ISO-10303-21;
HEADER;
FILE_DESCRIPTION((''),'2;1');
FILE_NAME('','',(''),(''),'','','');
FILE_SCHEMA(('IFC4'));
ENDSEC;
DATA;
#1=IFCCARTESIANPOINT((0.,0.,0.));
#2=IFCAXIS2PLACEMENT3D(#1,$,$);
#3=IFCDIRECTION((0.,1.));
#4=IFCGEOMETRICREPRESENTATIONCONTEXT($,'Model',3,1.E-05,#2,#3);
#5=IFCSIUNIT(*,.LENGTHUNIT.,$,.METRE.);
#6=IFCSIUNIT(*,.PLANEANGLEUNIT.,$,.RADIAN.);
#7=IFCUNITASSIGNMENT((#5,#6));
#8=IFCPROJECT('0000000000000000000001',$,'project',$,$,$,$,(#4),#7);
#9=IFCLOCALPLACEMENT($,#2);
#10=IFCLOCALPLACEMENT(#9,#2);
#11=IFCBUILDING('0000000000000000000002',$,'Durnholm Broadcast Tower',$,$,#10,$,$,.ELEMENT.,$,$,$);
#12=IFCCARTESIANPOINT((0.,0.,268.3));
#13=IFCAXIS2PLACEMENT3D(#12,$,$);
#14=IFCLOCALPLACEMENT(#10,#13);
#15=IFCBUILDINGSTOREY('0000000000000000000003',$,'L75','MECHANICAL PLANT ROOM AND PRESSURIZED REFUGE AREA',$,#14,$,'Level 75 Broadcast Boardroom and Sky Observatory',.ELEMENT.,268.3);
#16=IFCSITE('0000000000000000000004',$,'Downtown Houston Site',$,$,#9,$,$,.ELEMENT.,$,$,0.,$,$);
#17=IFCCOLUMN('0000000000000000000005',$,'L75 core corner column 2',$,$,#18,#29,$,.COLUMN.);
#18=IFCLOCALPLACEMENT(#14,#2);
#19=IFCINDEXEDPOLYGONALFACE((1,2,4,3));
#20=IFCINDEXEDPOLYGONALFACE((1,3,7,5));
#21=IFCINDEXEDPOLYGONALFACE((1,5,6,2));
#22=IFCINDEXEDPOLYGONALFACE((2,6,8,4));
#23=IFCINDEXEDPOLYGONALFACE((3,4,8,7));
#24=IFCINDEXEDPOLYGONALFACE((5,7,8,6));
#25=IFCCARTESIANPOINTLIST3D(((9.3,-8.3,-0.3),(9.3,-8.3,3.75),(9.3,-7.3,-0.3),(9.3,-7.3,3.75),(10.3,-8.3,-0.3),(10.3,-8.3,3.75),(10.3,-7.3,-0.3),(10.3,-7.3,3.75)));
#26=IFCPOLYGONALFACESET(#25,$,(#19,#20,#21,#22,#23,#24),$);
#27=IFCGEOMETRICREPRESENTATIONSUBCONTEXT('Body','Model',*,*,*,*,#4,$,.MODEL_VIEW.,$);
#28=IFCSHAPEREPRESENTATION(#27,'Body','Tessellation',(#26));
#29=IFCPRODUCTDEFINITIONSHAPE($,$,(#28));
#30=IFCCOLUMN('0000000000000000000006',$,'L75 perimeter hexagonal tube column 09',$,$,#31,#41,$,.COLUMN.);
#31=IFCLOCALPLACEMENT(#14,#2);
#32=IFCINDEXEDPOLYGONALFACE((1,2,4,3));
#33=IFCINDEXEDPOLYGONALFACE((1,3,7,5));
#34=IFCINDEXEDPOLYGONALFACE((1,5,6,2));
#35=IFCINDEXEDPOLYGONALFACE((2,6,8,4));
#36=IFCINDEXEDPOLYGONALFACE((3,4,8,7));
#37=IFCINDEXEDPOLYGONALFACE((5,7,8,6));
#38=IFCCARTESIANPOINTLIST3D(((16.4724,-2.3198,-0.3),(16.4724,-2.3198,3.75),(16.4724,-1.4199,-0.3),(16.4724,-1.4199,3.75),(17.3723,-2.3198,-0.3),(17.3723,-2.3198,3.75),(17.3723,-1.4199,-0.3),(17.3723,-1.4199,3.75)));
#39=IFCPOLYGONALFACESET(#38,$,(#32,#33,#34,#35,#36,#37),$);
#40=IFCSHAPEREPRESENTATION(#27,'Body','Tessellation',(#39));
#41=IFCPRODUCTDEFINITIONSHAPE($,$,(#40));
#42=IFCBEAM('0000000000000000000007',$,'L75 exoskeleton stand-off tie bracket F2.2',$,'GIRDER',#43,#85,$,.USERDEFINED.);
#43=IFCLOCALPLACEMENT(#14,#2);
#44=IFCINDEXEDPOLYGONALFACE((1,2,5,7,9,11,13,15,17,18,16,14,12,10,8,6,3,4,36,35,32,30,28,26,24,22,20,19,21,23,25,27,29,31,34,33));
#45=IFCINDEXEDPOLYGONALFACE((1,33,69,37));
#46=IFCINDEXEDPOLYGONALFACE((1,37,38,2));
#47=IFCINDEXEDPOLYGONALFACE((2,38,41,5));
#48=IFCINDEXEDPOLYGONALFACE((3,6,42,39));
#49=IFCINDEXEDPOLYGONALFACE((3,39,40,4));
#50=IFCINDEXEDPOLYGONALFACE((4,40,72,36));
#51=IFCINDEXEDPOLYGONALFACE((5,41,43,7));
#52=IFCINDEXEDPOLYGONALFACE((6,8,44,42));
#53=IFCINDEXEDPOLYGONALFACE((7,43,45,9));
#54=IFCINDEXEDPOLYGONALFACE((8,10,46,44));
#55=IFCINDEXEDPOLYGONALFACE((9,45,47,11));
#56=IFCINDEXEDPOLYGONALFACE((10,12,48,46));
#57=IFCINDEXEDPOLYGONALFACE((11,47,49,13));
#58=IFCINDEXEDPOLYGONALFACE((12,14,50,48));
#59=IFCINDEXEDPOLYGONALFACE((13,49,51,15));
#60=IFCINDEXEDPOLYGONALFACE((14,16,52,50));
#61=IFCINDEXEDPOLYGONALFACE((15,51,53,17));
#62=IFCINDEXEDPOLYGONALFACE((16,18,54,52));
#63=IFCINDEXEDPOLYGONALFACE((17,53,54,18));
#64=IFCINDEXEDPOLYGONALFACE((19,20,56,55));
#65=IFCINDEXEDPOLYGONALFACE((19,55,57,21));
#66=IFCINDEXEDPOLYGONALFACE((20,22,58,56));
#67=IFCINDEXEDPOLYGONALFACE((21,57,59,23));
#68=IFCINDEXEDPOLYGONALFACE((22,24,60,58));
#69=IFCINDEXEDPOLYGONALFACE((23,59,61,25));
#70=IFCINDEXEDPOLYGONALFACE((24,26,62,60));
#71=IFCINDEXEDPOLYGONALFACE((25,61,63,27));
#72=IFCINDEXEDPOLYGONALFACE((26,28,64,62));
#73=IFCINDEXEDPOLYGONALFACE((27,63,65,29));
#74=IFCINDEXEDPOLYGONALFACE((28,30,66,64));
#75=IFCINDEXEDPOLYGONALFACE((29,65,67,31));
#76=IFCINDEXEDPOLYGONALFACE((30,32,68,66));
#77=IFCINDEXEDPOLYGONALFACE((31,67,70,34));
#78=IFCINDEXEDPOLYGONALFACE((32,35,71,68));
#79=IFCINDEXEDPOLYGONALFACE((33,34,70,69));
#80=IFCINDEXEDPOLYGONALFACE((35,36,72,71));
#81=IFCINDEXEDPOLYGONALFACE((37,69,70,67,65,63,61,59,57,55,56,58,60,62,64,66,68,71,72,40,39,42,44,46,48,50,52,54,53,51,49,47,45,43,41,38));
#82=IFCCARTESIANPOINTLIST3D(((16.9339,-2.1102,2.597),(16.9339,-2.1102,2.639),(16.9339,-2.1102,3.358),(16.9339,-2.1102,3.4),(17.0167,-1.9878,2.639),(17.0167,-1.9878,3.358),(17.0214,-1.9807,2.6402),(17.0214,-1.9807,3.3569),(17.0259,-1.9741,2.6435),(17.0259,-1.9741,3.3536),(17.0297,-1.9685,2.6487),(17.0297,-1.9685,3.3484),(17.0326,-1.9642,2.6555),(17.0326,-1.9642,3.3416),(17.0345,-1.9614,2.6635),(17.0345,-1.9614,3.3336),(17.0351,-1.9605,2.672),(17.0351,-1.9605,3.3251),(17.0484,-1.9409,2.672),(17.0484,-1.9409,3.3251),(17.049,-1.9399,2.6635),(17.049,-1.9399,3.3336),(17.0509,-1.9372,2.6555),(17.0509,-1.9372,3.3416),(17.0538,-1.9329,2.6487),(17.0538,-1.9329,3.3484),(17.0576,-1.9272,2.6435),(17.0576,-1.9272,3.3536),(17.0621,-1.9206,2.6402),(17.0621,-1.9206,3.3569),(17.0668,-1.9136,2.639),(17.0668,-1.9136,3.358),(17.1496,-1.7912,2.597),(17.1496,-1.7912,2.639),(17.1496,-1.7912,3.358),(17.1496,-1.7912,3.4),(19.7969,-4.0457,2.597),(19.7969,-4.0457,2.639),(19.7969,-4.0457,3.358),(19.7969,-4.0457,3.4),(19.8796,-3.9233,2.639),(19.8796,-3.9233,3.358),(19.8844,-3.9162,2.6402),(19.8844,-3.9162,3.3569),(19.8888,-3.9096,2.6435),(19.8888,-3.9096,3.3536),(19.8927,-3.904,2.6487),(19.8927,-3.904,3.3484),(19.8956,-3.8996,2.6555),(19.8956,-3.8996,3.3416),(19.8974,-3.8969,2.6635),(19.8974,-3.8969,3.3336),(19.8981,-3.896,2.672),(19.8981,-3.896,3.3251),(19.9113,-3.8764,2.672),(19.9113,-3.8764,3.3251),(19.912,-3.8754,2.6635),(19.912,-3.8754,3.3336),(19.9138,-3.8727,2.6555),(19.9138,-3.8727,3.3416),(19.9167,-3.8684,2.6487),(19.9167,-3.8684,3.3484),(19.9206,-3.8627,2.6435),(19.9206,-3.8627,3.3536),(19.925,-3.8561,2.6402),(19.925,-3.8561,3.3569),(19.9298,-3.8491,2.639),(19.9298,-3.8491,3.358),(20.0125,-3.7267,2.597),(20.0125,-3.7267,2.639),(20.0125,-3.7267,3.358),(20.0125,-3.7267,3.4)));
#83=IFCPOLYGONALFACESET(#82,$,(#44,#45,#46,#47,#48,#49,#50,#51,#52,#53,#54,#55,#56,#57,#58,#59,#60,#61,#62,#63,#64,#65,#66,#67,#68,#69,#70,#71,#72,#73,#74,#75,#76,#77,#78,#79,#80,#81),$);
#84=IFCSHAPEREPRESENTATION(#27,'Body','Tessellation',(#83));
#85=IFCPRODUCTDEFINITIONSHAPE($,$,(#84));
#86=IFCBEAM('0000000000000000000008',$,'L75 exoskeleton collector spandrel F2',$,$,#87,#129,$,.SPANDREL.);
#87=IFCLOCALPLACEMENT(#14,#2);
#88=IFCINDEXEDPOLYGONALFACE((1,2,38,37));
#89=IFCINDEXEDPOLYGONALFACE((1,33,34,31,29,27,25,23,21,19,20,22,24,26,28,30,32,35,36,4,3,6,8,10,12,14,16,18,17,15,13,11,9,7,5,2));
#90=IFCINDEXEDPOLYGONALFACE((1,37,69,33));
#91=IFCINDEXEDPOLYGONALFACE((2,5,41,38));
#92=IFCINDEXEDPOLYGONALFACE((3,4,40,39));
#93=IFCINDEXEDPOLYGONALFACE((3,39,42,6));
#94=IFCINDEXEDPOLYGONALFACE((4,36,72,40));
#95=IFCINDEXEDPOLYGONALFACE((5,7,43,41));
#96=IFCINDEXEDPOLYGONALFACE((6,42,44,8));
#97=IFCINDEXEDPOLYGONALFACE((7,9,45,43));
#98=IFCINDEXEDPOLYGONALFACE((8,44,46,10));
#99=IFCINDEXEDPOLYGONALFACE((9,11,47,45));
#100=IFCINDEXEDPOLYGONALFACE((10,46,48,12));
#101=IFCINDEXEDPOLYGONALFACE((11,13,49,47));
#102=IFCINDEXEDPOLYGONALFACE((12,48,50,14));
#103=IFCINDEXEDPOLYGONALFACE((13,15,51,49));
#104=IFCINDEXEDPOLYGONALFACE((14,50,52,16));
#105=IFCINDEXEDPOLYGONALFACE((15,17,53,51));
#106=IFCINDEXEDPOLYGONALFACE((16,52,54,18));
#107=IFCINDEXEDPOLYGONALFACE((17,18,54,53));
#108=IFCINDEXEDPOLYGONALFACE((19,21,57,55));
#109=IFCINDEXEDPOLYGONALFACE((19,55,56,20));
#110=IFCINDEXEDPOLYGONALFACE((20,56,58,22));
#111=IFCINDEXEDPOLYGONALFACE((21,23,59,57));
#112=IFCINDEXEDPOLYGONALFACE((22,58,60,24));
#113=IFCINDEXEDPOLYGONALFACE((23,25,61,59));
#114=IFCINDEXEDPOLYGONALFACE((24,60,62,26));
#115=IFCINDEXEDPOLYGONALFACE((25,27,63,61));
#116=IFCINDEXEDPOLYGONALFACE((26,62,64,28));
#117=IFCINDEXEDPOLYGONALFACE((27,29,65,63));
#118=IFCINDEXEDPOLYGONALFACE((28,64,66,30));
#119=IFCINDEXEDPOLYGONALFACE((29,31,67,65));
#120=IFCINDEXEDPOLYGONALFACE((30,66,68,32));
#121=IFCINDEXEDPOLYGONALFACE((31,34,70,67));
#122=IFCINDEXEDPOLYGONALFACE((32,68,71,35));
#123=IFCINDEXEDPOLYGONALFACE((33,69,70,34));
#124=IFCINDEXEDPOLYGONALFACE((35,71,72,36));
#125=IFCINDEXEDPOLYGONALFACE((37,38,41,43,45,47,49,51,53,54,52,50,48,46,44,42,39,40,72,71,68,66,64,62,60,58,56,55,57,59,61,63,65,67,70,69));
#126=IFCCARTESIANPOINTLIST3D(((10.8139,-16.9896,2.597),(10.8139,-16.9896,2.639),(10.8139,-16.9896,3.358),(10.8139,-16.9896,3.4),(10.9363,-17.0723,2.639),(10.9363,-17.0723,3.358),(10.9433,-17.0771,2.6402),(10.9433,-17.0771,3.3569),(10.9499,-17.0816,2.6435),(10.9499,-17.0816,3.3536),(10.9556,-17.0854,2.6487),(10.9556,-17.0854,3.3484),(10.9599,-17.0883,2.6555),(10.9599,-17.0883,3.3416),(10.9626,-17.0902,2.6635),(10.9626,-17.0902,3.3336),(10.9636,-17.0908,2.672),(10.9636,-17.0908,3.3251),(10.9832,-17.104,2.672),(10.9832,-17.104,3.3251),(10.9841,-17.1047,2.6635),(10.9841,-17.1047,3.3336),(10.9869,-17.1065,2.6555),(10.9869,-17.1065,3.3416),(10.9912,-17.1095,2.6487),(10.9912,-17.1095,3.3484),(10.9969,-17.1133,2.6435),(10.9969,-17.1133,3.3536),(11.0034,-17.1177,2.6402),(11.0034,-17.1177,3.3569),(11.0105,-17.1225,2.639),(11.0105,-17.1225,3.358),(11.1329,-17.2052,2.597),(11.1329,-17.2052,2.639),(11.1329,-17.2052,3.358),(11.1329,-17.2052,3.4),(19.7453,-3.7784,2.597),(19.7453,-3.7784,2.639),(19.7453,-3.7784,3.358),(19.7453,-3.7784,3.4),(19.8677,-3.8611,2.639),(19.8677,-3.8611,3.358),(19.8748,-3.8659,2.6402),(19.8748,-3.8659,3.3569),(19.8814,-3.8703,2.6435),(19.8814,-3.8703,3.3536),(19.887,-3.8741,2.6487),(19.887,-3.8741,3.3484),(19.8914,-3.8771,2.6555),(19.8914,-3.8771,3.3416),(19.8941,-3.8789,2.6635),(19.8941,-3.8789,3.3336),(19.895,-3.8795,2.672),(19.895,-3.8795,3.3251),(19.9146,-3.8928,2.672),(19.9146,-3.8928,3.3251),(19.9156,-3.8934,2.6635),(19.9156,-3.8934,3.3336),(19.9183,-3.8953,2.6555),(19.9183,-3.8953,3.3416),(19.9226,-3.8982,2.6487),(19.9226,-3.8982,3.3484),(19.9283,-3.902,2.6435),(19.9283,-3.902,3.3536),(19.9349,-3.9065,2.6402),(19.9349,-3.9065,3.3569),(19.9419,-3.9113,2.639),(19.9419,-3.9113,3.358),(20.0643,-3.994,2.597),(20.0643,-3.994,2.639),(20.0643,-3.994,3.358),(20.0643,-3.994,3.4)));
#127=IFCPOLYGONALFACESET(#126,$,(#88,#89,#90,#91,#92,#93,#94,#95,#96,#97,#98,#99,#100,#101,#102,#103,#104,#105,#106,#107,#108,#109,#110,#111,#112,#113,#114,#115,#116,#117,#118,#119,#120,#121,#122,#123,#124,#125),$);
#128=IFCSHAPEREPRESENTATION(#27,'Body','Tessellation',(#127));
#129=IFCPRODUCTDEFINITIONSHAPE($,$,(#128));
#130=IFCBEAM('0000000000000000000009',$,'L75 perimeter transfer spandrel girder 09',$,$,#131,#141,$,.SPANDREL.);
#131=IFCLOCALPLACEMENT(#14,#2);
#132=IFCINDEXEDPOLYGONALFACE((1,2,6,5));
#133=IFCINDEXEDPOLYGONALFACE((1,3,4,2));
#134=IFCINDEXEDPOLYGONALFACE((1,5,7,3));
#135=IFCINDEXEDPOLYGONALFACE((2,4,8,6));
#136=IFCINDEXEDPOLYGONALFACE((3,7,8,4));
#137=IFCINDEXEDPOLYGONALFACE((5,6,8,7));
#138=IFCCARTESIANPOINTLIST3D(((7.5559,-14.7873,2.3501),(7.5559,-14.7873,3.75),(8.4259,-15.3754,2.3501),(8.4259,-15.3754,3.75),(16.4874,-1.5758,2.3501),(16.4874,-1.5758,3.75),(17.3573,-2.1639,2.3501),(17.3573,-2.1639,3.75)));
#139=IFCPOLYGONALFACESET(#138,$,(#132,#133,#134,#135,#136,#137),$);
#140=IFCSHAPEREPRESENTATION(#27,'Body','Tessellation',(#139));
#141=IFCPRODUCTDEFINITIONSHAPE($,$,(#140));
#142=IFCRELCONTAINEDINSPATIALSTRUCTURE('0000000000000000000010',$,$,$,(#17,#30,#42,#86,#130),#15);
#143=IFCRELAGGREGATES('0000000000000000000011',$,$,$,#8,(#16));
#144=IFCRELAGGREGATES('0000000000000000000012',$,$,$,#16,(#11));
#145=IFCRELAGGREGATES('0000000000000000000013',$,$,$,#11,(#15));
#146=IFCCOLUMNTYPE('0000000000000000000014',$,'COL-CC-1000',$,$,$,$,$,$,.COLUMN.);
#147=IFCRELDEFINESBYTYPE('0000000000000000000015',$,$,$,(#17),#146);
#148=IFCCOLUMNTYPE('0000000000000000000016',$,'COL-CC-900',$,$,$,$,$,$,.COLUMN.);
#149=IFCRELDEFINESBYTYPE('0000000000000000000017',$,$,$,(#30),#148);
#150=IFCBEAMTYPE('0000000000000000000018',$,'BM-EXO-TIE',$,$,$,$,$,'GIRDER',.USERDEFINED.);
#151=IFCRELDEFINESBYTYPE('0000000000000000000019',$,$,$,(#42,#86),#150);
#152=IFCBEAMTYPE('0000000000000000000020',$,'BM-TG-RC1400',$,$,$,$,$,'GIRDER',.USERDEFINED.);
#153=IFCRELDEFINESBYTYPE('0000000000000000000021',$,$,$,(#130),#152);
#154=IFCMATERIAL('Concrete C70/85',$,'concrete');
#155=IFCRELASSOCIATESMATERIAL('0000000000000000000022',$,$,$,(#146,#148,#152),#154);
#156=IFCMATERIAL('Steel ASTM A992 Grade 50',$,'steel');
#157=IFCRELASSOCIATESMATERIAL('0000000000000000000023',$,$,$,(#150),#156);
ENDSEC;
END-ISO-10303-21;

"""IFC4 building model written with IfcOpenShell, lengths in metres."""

from ifc_helpers import new_model, si_unit, direction, frame, origin, origin_2d, place, context, subcontext, project, spatial, rectangle, i_section, extrude, source, transform, mapped, material, material_profile, profile_set, type_object, type_shapes, element, save


model = new_model("IFC4")

# Units and contexts
model_context = context("Model", 3, precision=1e-05, world=origin(), true_north=direction((0.0, 1.0)))
body_context = subcontext(model_context, "Body", "Model", "MODEL_VIEW")
ifc_project = project(units=[si_unit("LENGTHUNIT", "METRE"), si_unit("PLANEANGLEUNIT", "RADIAN")], contexts=[model_context])

# Site, building, storey
site_placement = place(None, origin())
site = spatial("IfcSite", under=ifc_project, at=site_placement, Name="Downtown Houston Site", CompositionType="ELEMENT", RefElevation=0.0)
building_placement = place(site_placement, origin())
building = spatial("IfcBuilding", under=site, at=building_placement, Name="Durnholm Broadcast Tower", CompositionType="ELEMENT")
storey_placement = place(building_placement, frame((0.0, 0.0, 268.3)))
storey = spatial("IfcBuildingStorey", under=building, at=storey_placement, Name="L75", Description="MECHANICAL PLANT ROOM AND PRESSURIZED REFUGE AREA", LongName="Level 75 Broadcast Boardroom and Sky Observatory", CompositionType="ELEMENT", Elevation=268.3)

# Columns
ifc_material_1 = material(Name="Concrete C70/85", Category="concrete")
ifc_material_profile_1 = material_profile(ifc_material_1, rectangle(XDim=1.0, YDim=1.0, at=origin_2d()), Name="RC1000X1000")
ifc_profile_set_1 = profile_set([ifc_material_profile_1], Name="Concrete C70/85")
column_type_1 = type_object("IfcColumnType", Name="COL-CC-1000", PredefinedType="COLUMN", material=ifc_profile_set_1)
shared_shape_1 = source(origin(), body_context, "Body", "SweptSolid", [
    extrude(rectangle(XDim=1.0, YDim=1.0, at=origin_2d()), origin(), (0.0, 0.0, 1.0), 4.05),
])
type_shapes(column_type_1, [shared_shape_1])
column_1_placement = place(storey_placement, frame((9.8, -7.8, -0.3), z_axis=(0.0, 0.0, 1.0), x_axis=(1.0, 0.0, 0.0)))
element("IfcColumn", 1, at=column_1_placement, inside=storey, type_object=column_type_1, Name="L75 core corner column 2", PredefinedType="COLUMN", context=body_context, shape_type="MappedRepresentation", body=[
    mapped(shared_shape_1, transform((0.0, 0.0, 0.0), x_axis=(1.0, 0.0, 0.0), y_axis=(0.0, 1.0, 0.0), z_axis=(0.0, 0.0, 1.0), scale=1.0)),
])
ifc_material_profile_2 = material_profile(ifc_material_1, rectangle(XDim=0.8999, YDim=0.8999, at=origin_2d()), Name="RC900X900")
ifc_profile_set_2 = profile_set([ifc_material_profile_2], Name="Concrete C70/85")
column_type_2 = type_object("IfcColumnType", Name="COL-CC-900", PredefinedType="COLUMN", material=ifc_profile_set_2)
shared_shape_2 = source(origin(), body_context, "Body", "SweptSolid", [
    extrude(rectangle(XDim=0.8999, YDim=0.8999, at=origin_2d()), origin(), (0.0, 0.0, 1.0), 4.05),
])
type_shapes(column_type_2, [shared_shape_2])
column_2_placement = place(storey_placement, frame((16.9224, -1.8699, -0.3), z_axis=(0.0, 0.0, 1.0), x_axis=(1.0, 0.0, 0.0)))
element("IfcColumn", 2, at=column_2_placement, inside=storey, type_object=column_type_2, Name="L75 perimeter hexagonal tube column 09", PredefinedType="COLUMN", context=body_context, shape_type="MappedRepresentation", body=[
    mapped(shared_shape_2, transform((0.0, 0.0, 0.0), x_axis=(1.0, 0.0, 0.0), y_axis=(0.0, 1.0, 0.0), z_axis=(0.0, 0.0, 1.0), scale=1.0)),
])

# Beams
ifc_material_2 = material(Name="Steel ASTM A992 Grade 50", Category="steel")
ifc_material_profile_3 = material_profile(ifc_material_2, i_section(OverallWidth=0.385, OverallDepth=0.803, WebThickness=0.0237, FlangeThickness=0.042, FilletRadius=0.033, at=origin_2d()), Name="W30X261")
ifc_profile_set_3 = profile_set([ifc_material_profile_3], Name="Steel ASTM A992 Grade 50")
beam_type_1 = type_object("IfcBeamType", Name="BM-EXO-TIE", ElementType="GIRDER", PredefinedType="USERDEFINED", material=ifc_profile_set_3)
shared_shape_3 = source(origin(), body_context, "Body", "SweptSolid", [
    extrude(i_section(OverallWidth=0.385, OverallDepth=0.803, WebThickness=0.0237, FlangeThickness=0.042, FilletRadius=0.033, at=origin_2d()), origin(), (0.0, 0.0, 1.0), 3.4558),
])
beam_1_placement = place(storey_placement, frame((17.0417, -1.9507, 2.9985), z_axis=(0.828446, -0.560068, 0.0), x_axis=(0.560068, 0.828446, 0.0)))
element("IfcBeam", 3, at=beam_1_placement, inside=storey, type_object=beam_type_1, Name="L75 exoskeleton stand-off tie bracket F2.2", ObjectType="GIRDER", PredefinedType="USERDEFINED", context=body_context, shape_type="MappedRepresentation", body=[
    mapped(shared_shape_3, transform((0.0, 0.0, 0.0), x_axis=(1.0, 0.0, 0.0), y_axis=(0.0, 1.0, 0.0), z_axis=(0.0, 0.0, 1.0), scale=1.0)),
])
shared_shape_4 = source(origin(), body_context, "Body", "SweptSolid", [
    extrude(i_section(OverallWidth=0.385, OverallDepth=0.803, WebThickness=0.0237, FlangeThickness=0.042, FilletRadius=0.033, at=origin_2d()), origin(), (0.0, 0.0, 1.0), 15.947),
])
type_shapes(beam_type_1, [shared_shape_3, shared_shape_4])
beam_2_placement = place(storey_placement, frame((10.9734, -17.0974, 2.9985), z_axis=(0.560069, 0.828446, 0.0), x_axis=(-0.828446, 0.560069, 0.0)))
element("IfcBeam", 4, at=beam_2_placement, inside=storey, type_object=beam_type_1, Name="L75 exoskeleton collector spandrel F2", PredefinedType="SPANDREL", context=body_context, shape_type="MappedRepresentation", body=[
    mapped(shared_shape_4, transform((0.0, 0.0, 0.0), x_axis=(1.0, 0.0, 0.0), y_axis=(0.0, 1.0, 0.0), z_axis=(0.0, 0.0, 1.0), scale=1.0)),
])
ifc_material_profile_4 = material_profile(ifc_material_1, rectangle(XDim=1.05, YDim=1.3999, at=origin_2d()), Name="RC1050X1400")
ifc_profile_set_4 = profile_set([ifc_material_profile_4], Name="Concrete C70/85")
beam_type_2 = type_object("IfcBeamType", Name="BM-TG-RC1400", ElementType="GIRDER", PredefinedType="USERDEFINED", material=ifc_profile_set_4)
shared_shape_5 = source(origin(), body_context, "Body", "SweptSolid", [
    extrude(rectangle(XDim=1.05, YDim=1.3999, at=origin_2d()), origin(), (0.0, 0.0, 1.0), 15.9473),
])
type_shapes(beam_type_2, [shared_shape_5])
beam_3_placement = place(storey_placement, frame((16.9224, -1.8699, 3.05), z_axis=(-0.560062, -0.828451, 0.0), x_axis=(0.828451, -0.560062, 0.0)))
element("IfcBeam", 5, at=beam_3_placement, inside=storey, type_object=beam_type_2, Name="L75 perimeter transfer spandrel girder 09", PredefinedType="SPANDREL", context=body_context, shape_type="MappedRepresentation", body=[
    mapped(shared_shape_5, transform((0.0, 0.0, 0.0), x_axis=(1.0, 0.0, 0.0), y_axis=(0.0, 1.0, 0.0), z_axis=(0.0, 0.0, 1.0), scale=1.0)),
])

save(model, "model.ifc")
